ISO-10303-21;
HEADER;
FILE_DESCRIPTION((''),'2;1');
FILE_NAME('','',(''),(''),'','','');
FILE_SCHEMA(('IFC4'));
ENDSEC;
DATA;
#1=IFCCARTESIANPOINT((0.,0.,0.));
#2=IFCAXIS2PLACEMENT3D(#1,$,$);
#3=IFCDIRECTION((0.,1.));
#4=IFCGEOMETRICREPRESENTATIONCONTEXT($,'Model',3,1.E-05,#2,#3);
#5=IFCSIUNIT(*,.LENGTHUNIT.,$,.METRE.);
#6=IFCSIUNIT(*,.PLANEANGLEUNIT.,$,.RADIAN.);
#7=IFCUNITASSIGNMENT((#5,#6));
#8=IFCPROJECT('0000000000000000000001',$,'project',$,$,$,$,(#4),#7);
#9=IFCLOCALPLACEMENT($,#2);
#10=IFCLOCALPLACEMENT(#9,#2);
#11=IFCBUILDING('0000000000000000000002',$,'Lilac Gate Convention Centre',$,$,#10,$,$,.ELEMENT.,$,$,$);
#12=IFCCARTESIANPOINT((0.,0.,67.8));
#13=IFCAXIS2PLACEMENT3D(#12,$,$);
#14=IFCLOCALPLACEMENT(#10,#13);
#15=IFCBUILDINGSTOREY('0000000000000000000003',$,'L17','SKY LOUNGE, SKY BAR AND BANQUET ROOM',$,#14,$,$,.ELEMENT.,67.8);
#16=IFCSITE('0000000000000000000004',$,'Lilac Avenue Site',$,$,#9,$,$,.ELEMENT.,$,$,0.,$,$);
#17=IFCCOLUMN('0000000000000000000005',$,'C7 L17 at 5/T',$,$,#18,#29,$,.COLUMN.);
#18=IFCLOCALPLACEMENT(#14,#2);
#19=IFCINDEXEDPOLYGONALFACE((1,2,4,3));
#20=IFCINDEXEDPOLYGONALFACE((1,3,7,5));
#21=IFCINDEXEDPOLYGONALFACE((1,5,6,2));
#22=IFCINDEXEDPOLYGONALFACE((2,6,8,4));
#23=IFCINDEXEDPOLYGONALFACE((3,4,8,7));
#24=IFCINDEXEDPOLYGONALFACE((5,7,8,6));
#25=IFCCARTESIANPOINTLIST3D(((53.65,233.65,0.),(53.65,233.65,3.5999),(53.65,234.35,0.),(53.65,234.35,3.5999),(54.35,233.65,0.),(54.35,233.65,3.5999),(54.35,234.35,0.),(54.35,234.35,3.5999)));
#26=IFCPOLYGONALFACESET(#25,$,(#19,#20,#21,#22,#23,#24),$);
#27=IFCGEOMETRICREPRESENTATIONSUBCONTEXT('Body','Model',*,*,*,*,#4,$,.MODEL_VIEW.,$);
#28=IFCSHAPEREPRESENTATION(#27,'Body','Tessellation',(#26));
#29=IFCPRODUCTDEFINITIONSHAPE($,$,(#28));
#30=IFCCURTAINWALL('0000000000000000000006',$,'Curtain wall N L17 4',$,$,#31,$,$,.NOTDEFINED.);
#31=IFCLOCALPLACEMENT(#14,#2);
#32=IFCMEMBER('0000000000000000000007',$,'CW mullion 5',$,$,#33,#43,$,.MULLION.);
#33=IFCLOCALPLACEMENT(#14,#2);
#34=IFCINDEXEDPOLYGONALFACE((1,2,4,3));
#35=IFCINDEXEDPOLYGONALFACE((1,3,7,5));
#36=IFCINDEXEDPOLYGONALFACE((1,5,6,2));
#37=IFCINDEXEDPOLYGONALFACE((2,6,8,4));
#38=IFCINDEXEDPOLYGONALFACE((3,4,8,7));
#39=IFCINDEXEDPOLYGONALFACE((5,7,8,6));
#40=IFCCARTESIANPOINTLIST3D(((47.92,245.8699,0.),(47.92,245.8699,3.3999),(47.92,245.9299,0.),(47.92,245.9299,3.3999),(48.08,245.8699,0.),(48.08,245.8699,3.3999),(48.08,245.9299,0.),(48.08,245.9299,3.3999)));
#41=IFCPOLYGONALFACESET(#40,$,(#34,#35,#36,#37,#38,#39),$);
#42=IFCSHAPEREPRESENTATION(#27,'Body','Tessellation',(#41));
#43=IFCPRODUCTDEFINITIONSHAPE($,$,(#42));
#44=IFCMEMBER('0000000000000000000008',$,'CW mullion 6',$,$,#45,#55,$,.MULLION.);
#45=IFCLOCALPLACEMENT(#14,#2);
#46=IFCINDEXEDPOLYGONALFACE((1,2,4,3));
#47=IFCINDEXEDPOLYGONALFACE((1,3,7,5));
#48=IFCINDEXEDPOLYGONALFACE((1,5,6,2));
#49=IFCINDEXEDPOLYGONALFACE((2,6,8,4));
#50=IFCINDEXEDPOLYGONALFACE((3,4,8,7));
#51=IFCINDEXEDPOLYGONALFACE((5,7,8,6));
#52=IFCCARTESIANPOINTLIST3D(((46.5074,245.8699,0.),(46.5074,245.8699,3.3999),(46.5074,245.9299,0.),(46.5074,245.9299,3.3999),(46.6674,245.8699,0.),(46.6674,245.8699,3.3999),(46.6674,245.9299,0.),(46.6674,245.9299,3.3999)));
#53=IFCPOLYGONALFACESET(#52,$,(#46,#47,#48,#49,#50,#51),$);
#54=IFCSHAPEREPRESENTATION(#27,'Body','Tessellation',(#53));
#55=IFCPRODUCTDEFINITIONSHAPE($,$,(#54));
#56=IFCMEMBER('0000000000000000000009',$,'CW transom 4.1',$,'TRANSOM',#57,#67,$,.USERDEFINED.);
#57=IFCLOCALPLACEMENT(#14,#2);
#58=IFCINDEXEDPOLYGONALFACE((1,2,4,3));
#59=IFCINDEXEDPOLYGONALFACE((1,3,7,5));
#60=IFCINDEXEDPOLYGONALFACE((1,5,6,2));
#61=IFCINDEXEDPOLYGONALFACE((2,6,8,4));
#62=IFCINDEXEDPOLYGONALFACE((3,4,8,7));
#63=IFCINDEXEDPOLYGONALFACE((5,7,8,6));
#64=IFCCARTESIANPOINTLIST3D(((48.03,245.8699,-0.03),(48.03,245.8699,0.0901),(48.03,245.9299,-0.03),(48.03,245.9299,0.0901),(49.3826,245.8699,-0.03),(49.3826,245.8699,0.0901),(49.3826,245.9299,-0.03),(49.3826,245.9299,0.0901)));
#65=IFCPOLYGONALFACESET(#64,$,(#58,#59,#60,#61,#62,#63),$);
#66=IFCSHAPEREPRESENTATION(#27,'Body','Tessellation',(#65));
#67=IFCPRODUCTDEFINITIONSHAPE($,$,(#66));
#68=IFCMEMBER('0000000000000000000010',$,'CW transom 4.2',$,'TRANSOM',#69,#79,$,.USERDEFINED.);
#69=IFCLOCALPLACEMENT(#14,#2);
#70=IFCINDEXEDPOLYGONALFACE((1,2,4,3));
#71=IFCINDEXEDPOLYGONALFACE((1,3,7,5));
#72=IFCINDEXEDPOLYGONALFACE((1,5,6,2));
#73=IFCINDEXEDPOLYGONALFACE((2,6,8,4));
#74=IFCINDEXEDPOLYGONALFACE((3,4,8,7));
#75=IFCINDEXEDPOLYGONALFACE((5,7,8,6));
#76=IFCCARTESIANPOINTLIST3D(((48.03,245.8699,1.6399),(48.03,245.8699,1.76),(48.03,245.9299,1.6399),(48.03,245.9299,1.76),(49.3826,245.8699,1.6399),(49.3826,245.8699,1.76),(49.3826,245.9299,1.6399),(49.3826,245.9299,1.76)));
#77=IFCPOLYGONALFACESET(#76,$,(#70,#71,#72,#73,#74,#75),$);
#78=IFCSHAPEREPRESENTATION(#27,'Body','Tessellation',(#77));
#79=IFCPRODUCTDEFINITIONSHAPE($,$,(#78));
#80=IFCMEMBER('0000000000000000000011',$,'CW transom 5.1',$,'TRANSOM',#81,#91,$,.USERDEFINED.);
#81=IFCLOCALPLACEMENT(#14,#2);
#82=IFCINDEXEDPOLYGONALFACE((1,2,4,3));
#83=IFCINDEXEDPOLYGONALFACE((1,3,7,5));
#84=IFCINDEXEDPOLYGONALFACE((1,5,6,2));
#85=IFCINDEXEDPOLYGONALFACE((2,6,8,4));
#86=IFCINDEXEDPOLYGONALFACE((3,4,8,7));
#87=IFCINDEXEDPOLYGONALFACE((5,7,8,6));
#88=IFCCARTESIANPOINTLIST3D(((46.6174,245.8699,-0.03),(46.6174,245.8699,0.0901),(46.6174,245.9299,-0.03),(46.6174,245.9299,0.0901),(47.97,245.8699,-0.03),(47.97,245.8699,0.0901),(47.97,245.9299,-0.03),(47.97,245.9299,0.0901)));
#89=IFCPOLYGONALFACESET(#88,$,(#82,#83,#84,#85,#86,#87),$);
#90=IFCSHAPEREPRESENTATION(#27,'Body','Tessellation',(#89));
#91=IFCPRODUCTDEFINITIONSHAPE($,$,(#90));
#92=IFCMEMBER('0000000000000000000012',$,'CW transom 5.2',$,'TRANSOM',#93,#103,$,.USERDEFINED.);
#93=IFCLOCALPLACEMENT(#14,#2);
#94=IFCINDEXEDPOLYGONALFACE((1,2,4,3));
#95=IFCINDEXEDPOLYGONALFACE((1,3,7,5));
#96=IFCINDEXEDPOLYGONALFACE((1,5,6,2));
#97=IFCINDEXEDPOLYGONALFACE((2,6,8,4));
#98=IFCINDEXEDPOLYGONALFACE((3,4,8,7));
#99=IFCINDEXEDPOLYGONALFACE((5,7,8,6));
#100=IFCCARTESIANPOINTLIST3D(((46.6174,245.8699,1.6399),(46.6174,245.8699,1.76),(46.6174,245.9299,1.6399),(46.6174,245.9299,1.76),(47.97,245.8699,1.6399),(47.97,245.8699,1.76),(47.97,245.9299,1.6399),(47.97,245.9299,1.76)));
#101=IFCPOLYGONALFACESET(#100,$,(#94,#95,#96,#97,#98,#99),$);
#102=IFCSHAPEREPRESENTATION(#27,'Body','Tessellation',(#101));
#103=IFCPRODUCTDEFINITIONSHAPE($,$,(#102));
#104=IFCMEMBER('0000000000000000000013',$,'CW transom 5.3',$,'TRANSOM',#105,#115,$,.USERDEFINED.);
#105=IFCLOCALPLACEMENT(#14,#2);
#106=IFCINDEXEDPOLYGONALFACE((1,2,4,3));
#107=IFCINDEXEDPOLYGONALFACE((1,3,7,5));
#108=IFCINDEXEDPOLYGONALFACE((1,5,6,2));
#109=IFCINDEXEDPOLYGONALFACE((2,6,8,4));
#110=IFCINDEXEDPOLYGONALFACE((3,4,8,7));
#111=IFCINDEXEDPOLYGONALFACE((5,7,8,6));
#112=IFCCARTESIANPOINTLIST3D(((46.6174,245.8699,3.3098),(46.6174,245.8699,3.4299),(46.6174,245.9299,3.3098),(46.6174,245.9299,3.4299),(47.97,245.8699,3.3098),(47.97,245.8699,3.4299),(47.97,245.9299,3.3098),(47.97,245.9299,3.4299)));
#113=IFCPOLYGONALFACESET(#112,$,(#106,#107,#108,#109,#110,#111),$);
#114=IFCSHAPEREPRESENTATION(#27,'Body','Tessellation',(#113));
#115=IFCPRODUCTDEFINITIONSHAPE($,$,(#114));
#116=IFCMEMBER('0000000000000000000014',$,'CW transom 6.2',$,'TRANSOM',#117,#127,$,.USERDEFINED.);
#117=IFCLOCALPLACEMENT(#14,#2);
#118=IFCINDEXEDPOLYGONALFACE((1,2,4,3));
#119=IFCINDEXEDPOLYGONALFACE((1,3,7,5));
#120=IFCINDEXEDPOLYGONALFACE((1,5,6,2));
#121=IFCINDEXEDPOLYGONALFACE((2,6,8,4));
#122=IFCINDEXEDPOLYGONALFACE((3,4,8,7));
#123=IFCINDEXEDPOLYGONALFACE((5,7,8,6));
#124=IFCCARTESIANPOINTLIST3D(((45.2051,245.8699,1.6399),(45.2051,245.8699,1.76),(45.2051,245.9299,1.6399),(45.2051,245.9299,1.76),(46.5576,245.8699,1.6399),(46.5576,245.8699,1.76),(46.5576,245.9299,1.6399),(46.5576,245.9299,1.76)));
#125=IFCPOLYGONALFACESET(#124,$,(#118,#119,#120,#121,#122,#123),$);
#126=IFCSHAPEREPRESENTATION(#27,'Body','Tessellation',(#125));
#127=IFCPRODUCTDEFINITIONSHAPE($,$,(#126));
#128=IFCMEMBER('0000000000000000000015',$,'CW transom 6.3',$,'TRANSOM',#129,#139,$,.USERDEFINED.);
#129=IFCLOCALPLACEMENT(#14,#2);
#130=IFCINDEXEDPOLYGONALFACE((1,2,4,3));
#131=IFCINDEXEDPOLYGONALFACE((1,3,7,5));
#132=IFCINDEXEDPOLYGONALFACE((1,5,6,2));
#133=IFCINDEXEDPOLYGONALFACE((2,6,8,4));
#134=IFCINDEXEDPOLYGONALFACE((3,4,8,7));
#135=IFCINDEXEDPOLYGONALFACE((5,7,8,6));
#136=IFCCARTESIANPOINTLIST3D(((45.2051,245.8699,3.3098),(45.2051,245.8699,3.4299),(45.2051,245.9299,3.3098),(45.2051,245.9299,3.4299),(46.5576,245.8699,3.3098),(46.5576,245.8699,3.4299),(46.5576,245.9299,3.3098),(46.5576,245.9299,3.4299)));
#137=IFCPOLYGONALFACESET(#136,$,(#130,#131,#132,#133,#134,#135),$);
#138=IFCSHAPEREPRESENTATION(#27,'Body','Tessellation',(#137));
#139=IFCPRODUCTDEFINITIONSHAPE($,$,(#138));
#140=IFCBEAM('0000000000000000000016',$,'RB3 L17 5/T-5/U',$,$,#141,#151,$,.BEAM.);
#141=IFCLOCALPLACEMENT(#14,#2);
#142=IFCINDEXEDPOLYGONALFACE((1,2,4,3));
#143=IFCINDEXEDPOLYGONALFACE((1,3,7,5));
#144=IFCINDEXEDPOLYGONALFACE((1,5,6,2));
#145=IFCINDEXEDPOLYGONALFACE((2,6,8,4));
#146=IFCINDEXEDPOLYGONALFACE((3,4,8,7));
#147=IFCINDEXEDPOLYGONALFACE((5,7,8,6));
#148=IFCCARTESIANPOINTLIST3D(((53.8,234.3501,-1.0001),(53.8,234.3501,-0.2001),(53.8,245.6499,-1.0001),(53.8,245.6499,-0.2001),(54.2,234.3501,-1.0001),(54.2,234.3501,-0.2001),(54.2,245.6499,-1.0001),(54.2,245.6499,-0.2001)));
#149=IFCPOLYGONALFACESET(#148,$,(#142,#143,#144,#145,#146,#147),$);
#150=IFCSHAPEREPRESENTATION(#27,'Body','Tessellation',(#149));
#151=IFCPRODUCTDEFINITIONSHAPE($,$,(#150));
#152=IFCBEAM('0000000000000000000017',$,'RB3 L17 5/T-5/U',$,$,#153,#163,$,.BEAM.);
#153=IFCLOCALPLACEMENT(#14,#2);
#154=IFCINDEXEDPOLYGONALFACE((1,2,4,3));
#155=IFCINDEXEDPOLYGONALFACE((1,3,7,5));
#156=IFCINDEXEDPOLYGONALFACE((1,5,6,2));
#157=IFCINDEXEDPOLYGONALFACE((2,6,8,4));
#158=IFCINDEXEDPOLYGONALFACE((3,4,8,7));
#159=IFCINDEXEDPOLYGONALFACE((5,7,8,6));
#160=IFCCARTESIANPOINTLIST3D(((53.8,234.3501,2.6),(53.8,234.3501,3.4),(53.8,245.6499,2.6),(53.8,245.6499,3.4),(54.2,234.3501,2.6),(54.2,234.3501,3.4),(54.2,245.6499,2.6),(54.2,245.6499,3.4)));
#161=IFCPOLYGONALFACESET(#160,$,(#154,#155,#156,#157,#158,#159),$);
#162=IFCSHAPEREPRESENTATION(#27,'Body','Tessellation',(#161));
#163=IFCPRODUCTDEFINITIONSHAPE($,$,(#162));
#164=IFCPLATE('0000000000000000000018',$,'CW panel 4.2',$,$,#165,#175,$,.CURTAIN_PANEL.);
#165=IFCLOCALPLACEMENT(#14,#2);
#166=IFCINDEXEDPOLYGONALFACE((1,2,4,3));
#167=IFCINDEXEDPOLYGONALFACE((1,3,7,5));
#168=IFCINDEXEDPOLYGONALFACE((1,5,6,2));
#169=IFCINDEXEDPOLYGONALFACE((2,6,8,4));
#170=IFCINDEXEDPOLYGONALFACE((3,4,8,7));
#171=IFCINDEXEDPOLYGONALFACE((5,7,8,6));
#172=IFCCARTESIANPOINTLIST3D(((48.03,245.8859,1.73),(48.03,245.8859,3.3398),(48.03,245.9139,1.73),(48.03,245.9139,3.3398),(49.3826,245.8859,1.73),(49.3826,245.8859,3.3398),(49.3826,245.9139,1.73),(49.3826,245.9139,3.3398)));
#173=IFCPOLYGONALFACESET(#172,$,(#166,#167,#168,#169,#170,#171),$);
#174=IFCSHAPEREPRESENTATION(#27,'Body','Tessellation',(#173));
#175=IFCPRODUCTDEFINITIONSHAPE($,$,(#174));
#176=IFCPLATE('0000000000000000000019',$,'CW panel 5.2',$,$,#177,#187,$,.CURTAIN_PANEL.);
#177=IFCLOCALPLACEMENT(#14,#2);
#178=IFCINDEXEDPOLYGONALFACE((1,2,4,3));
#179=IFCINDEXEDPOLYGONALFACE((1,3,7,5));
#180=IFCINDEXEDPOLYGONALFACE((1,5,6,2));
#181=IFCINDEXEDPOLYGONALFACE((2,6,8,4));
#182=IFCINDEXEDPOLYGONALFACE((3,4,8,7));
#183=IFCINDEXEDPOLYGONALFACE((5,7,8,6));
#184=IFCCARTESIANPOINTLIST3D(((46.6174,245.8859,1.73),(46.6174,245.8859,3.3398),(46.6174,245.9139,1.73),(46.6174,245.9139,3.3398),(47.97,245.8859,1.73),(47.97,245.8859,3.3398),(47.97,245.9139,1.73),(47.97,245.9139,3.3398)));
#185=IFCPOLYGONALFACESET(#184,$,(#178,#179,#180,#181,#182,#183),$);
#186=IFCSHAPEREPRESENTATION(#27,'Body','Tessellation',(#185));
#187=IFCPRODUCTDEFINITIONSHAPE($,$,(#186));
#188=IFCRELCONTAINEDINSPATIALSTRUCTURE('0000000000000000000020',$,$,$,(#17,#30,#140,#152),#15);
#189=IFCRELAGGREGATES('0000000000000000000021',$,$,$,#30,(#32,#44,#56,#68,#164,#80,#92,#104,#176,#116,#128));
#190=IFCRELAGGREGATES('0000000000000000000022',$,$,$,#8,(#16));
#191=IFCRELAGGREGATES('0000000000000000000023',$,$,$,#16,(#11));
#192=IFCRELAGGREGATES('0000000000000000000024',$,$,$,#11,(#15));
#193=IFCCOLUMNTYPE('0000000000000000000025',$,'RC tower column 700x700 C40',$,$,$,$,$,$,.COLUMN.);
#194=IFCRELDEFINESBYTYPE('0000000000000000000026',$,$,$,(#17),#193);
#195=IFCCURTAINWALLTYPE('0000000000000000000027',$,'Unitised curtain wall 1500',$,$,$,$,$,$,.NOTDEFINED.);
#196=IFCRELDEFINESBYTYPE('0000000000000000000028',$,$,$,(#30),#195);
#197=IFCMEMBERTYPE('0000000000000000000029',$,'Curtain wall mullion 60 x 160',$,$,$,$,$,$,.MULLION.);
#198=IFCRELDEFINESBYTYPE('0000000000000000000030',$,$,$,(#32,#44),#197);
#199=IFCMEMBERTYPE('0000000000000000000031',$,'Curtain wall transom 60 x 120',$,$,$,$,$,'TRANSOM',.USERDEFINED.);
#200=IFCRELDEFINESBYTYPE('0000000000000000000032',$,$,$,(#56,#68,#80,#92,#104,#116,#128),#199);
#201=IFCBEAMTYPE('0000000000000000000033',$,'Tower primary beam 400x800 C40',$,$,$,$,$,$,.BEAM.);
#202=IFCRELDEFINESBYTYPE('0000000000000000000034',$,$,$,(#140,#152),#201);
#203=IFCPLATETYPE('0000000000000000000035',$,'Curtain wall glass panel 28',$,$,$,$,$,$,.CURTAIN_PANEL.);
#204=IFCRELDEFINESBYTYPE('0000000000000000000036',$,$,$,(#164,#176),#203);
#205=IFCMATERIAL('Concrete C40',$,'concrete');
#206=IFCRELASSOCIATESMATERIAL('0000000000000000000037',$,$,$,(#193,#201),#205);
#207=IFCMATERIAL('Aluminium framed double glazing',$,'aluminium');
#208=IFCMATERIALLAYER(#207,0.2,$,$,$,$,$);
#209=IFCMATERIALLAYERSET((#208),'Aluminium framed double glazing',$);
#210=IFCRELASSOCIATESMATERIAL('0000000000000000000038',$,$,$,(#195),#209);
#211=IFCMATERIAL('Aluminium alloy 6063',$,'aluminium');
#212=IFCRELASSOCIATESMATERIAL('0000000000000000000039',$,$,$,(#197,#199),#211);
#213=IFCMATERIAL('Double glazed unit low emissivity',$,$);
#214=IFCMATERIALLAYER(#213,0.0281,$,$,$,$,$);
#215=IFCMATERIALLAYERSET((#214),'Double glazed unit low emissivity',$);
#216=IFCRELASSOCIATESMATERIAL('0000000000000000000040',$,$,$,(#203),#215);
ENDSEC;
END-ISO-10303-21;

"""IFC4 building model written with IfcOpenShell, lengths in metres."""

from ifc_helpers import new_model, si_unit, direction, frame, origin, origin_2d, place, context, subcontext, project, spatial, rectangle, extrude, material, layer, layer_set, material_profile, profile_set, type_object, element, aggregate, save


model = new_model("IFC4")

# Units and contexts
model_context = context("Model", 3, precision=1e-05, world=origin(), true_north=direction((0.0, 1.0)))
body_context = subcontext(model_context, "Body", "Model", "MODEL_VIEW")
ifc_project = project(units=[si_unit("LENGTHUNIT", "METRE"), si_unit("PLANEANGLEUNIT", "RADIAN")], contexts=[model_context])

# Site, building, storey
site_placement = place(None, origin())
site = spatial("IfcSite", under=ifc_project, at=site_placement, Name="Lilac Avenue Site", CompositionType="ELEMENT", RefElevation=0.0)
building_placement = place(site_placement, origin())
building = spatial("IfcBuilding", under=site, at=building_placement, Name="Lilac Gate Convention Centre", CompositionType="ELEMENT")
storey_placement = place(building_placement, frame((0.0, 0.0, 67.8)))
storey = spatial("IfcBuildingStorey", under=building, at=storey_placement, Name="L17", Description="SKY LOUNGE, SKY BAR AND BANQUET ROOM", CompositionType="ELEMENT", Elevation=67.8)

# Column
ifc_material_1 = material(Name="Concrete C40", Category="concrete")
ifc_material_profile_1 = material_profile(ifc_material_1, rectangle(XDim=0.7, YDim=0.7, at=origin_2d()), Name="RC 700x700")
ifc_profile_set_1 = profile_set([ifc_material_profile_1], Name="Concrete C40")
column_type = type_object("IfcColumnType", Name="RC tower column 700x700 C40", PredefinedType="COLUMN", material=ifc_profile_set_1)
column_placement = place(storey_placement, frame((54.0, 234.0, 0.0), z_axis=(0.0, 0.0, 1.0), x_axis=(1.0, 0.0, 0.0)))
element("IfcColumn", 1, at=column_placement, inside=storey, type_object=column_type, Name="C7 L17 at 5/T", PredefinedType="COLUMN", context=body_context, shape_type="SweptSolid", body=[
    extrude(rectangle(XDim=0.7, YDim=0.7, at=origin_2d()), origin(), (0.0, 0.0, 1.0), 3.5999),
])

# Curtain wall, members
ifc_material_2 = material(Name="Aluminium framed double glazing", Category="aluminium")
ifc_layer_1 = layer(ifc_material_2, 0.2)
ifc_layer_set_1 = layer_set([ifc_layer_1], Name="Aluminium framed double glazing")
curtain_wall_type = type_object("IfcCurtainWallType", Name="Unitised curtain wall 1500", PredefinedType="NOTDEFINED", material=ifc_layer_set_1)
curtain_wall_placement = place(storey_placement, origin())
curtain_wall = element("IfcCurtainWall", 2, at=curtain_wall_placement, inside=storey, type_object=curtain_wall_type, Name="Curtain wall N L17 4", PredefinedType="NOTDEFINED")
ifc_material_3 = material(Name="Aluminium alloy 6063", Category="aluminium")
ifc_material_profile_2 = material_profile(ifc_material_3, rectangle(XDim=0.0601, YDim=0.1599, at=origin_2d()), Name="Curtain wall mullion 60 x 160")
ifc_profile_set_2 = profile_set([ifc_material_profile_2], Name="Aluminium alloy 6063")
member_type_1 = type_object("IfcMemberType", Name="Curtain wall mullion 60 x 160", PredefinedType="MULLION", material=ifc_profile_set_2)
member_1_placement = place(storey_placement, frame((48.0, 245.8999, 0.0), z_axis=(0.0, 0.0, 1.0), x_axis=(0.0, -1.0, 0.0)))
member_1 = element("IfcMember", 3, at=member_1_placement, type_object=member_type_1, Name="CW mullion 5", PredefinedType="MULLION", context=body_context, shape_type="SweptSolid", body=[
    extrude(rectangle(XDim=0.0601, YDim=0.1599, at=origin_2d()), origin(), (0.0, 0.0, 1.0), 3.3999),
])
member_2_placement = place(storey_placement, frame((46.5874, 245.8999, 0.0), z_axis=(0.0, 0.0, 1.0), x_axis=(0.0, -1.0, 0.0)))
member_2 = element("IfcMember", 4, at=member_2_placement, type_object=member_type_1, Name="CW mullion 6", PredefinedType="MULLION", context=body_context, shape_type="SweptSolid", body=[
    extrude(rectangle(XDim=0.0601, YDim=0.1599, at=origin_2d()), origin(), (0.0, 0.0, 1.0), 3.3999),
])
ifc_material_profile_3 = material_profile(ifc_material_3, rectangle(XDim=0.0601, YDim=0.1201, at=origin_2d()), Name="Curtain wall transom 60 x 120")
ifc_profile_set_3 = profile_set([ifc_material_profile_3], Name="Aluminium alloy 6063")
member_type_2 = type_object("IfcMemberType", Name="Curtain wall transom 60 x 120", ElementType="TRANSOM", PredefinedType="USERDEFINED", material=ifc_profile_set_3)
member_3_placement = place(storey_placement, frame((49.3826, 245.8999, 0.03), z_axis=(-1.0, 0.0, 0.0), x_axis=(0.0, -1.0, 0.0)))
member_3 = element("IfcMember", 5, at=member_3_placement, type_object=member_type_2, Name="CW transom 4.1", ObjectType="TRANSOM", PredefinedType="USERDEFINED", context=body_context, shape_type="SweptSolid", body=[
    extrude(rectangle(XDim=0.0601, YDim=0.1201, at=origin_2d()), origin(), (0.0, 0.0, 1.0), 1.3525),
])
member_4_placement = place(storey_placement, frame((49.3826, 245.8999, 1.7), z_axis=(-1.0, 0.0, 0.0), x_axis=(0.0, -1.0, 0.0)))
member_4 = element("IfcMember", 6, at=member_4_placement, type_object=member_type_2, Name="CW transom 4.2", ObjectType="TRANSOM", PredefinedType="USERDEFINED", context=body_context, shape_type="SweptSolid", body=[
    extrude(rectangle(XDim=0.0601, YDim=0.1201, at=origin_2d()), origin(), (0.0, 0.0, 1.0), 1.3525),
])
member_5_placement = place(storey_placement, frame((47.97, 245.8999, 0.03), z_axis=(-1.0, 0.0, 0.0), x_axis=(0.0, -1.0, 0.0)))
member_5 = element("IfcMember", 7, at=member_5_placement, type_object=member_type_2, Name="CW transom 5.1", ObjectType="TRANSOM", PredefinedType="USERDEFINED", context=body_context, shape_type="SweptSolid", body=[
    extrude(rectangle(XDim=0.0601, YDim=0.1201, at=origin_2d()), origin(), (0.0, 0.0, 1.0), 1.3525),
])
member_6_placement = place(storey_placement, frame((47.97, 245.8999, 1.7), z_axis=(-1.0, 0.0, 0.0), x_axis=(0.0, -1.0, 0.0)))
member_6 = element("IfcMember", 8, at=member_6_placement, type_object=member_type_2, Name="CW transom 5.2", ObjectType="TRANSOM", PredefinedType="USERDEFINED", context=body_context, shape_type="SweptSolid", body=[
    extrude(rectangle(XDim=0.0601, YDim=0.1201, at=origin_2d()), origin(), (0.0, 0.0, 1.0), 1.3525),
])
member_7_placement = place(storey_placement, frame((47.97, 245.8999, 3.3699), z_axis=(-1.0, 0.0, 0.0), x_axis=(0.0, -1.0, 0.0)))
member_7 = element("IfcMember", 9, at=member_7_placement, type_object=member_type_2, Name="CW transom 5.3", ObjectType="TRANSOM", PredefinedType="USERDEFINED", context=body_context, shape_type="SweptSolid", body=[
    extrude(rectangle(XDim=0.0601, YDim=0.1201, at=origin_2d()), origin(), (0.0, 0.0, 1.0), 1.3525),
])
member_8_placement = place(storey_placement, frame((46.5576, 245.8999, 1.7), z_axis=(-1.0, 0.0, 0.0), x_axis=(0.0, -1.0, 0.0)))
member_8 = element("IfcMember", 10, at=member_8_placement, type_object=member_type_2, Name="CW transom 6.2", ObjectType="TRANSOM", PredefinedType="USERDEFINED", context=body_context, shape_type="SweptSolid", body=[
    extrude(rectangle(XDim=0.0601, YDim=0.1201, at=origin_2d()), origin(), (0.0, 0.0, 1.0), 1.3525),
])
member_9_placement = place(storey_placement, frame((46.5576, 245.8999, 3.3699), z_axis=(-1.0, 0.0, 0.0), x_axis=(0.0, -1.0, 0.0)))
member_9 = element("IfcMember", 11, at=member_9_placement, type_object=member_type_2, Name="CW transom 6.3", ObjectType="TRANSOM", PredefinedType="USERDEFINED", context=body_context, shape_type="SweptSolid", body=[
    extrude(rectangle(XDim=0.0601, YDim=0.1201, at=origin_2d()), origin(), (0.0, 0.0, 1.0), 1.3525),
])

# Beams
ifc_material_profile_4 = material_profile(ifc_material_1, rectangle(XDim=0.3999, YDim=0.8, at=origin_2d()), Name="RC 400x800")
ifc_profile_set_4 = profile_set([ifc_material_profile_4], Name="Concrete C40")
beam_type = type_object("IfcBeamType", Name="Tower primary beam 400x800 C40", PredefinedType="BEAM", material=ifc_profile_set_4)
for number, where, z_axis, x_axis, name in (
    (12, (54.0, 234.3501, -0.6001), (0.0, 1.0, 0.0), (-1.0, 0.0, 0.0), "RB3 L17 5/T-5/U"),
    (13, (54.0, 234.3501, 3.0), (0.0, 1.0, 0.0), (-1.0, 0.0, 0.0), "RB3 L17 5/T-5/U"),
):
    element("IfcBeam", number, at=place(storey_placement, frame(where, z_axis=z_axis, x_axis=x_axis)), inside=storey, type_object=beam_type, Name=name, PredefinedType="BEAM", context=body_context, shape_type="SweptSolid", body=[
        extrude(rectangle(XDim=0.3999, YDim=0.8, at=origin_2d()), origin(), (0.0, 0.0, 1.0), 11.2998),
    ])

# Plates
ifc_material_4 = material(Name="Double glazed unit low emissivity")
ifc_layer_2 = layer(ifc_material_4, 0.0281)
ifc_layer_set_2 = layer_set([ifc_layer_2], Name="Double glazed unit low emissivity")
plate_type_1 = type_object("IfcPlateType", Name="Curtain wall glass panel 28", PredefinedType="CURTAIN_PANEL", material=ifc_layer_set_2)
plate_1_placement = place(storey_placement, frame((48.7063, 245.8999, 1.73), z_axis=(0.0, 0.0, 1.0), x_axis=(-1.0, 0.0, 0.0)))
plate_1 = element("IfcPlate", 14, at=plate_1_placement, type_object=plate_type_1, Name="CW panel 4.2", PredefinedType="CURTAIN_PANEL", context=body_context, shape_type="SweptSolid", body=[
    extrude(rectangle(XDim=1.3525, YDim=0.0281, at=origin_2d()), origin(), (0.0, 0.0, 1.0), 1.6099),
])
plate_2_placement = place(storey_placement, frame((47.2937, 245.8999, 1.73), z_axis=(0.0, 0.0, 1.0), x_axis=(-1.0, 0.0, 0.0)))
plate_2 = element("IfcPlate", 15, at=plate_2_placement, type_object=plate_type_1, Name="CW panel 5.2", PredefinedType="CURTAIN_PANEL", context=body_context, shape_type="SweptSolid", body=[
    extrude(rectangle(XDim=1.3525, YDim=0.0281, at=origin_2d()), origin(), (0.0, 0.0, 1.0), 1.6099),
])
aggregate(curtain_wall, [member_1, member_2, member_3, member_4, plate_1, member_5, member_6, member_7, plate_2, member_8, member_9])

save(model, "model.ifc")
